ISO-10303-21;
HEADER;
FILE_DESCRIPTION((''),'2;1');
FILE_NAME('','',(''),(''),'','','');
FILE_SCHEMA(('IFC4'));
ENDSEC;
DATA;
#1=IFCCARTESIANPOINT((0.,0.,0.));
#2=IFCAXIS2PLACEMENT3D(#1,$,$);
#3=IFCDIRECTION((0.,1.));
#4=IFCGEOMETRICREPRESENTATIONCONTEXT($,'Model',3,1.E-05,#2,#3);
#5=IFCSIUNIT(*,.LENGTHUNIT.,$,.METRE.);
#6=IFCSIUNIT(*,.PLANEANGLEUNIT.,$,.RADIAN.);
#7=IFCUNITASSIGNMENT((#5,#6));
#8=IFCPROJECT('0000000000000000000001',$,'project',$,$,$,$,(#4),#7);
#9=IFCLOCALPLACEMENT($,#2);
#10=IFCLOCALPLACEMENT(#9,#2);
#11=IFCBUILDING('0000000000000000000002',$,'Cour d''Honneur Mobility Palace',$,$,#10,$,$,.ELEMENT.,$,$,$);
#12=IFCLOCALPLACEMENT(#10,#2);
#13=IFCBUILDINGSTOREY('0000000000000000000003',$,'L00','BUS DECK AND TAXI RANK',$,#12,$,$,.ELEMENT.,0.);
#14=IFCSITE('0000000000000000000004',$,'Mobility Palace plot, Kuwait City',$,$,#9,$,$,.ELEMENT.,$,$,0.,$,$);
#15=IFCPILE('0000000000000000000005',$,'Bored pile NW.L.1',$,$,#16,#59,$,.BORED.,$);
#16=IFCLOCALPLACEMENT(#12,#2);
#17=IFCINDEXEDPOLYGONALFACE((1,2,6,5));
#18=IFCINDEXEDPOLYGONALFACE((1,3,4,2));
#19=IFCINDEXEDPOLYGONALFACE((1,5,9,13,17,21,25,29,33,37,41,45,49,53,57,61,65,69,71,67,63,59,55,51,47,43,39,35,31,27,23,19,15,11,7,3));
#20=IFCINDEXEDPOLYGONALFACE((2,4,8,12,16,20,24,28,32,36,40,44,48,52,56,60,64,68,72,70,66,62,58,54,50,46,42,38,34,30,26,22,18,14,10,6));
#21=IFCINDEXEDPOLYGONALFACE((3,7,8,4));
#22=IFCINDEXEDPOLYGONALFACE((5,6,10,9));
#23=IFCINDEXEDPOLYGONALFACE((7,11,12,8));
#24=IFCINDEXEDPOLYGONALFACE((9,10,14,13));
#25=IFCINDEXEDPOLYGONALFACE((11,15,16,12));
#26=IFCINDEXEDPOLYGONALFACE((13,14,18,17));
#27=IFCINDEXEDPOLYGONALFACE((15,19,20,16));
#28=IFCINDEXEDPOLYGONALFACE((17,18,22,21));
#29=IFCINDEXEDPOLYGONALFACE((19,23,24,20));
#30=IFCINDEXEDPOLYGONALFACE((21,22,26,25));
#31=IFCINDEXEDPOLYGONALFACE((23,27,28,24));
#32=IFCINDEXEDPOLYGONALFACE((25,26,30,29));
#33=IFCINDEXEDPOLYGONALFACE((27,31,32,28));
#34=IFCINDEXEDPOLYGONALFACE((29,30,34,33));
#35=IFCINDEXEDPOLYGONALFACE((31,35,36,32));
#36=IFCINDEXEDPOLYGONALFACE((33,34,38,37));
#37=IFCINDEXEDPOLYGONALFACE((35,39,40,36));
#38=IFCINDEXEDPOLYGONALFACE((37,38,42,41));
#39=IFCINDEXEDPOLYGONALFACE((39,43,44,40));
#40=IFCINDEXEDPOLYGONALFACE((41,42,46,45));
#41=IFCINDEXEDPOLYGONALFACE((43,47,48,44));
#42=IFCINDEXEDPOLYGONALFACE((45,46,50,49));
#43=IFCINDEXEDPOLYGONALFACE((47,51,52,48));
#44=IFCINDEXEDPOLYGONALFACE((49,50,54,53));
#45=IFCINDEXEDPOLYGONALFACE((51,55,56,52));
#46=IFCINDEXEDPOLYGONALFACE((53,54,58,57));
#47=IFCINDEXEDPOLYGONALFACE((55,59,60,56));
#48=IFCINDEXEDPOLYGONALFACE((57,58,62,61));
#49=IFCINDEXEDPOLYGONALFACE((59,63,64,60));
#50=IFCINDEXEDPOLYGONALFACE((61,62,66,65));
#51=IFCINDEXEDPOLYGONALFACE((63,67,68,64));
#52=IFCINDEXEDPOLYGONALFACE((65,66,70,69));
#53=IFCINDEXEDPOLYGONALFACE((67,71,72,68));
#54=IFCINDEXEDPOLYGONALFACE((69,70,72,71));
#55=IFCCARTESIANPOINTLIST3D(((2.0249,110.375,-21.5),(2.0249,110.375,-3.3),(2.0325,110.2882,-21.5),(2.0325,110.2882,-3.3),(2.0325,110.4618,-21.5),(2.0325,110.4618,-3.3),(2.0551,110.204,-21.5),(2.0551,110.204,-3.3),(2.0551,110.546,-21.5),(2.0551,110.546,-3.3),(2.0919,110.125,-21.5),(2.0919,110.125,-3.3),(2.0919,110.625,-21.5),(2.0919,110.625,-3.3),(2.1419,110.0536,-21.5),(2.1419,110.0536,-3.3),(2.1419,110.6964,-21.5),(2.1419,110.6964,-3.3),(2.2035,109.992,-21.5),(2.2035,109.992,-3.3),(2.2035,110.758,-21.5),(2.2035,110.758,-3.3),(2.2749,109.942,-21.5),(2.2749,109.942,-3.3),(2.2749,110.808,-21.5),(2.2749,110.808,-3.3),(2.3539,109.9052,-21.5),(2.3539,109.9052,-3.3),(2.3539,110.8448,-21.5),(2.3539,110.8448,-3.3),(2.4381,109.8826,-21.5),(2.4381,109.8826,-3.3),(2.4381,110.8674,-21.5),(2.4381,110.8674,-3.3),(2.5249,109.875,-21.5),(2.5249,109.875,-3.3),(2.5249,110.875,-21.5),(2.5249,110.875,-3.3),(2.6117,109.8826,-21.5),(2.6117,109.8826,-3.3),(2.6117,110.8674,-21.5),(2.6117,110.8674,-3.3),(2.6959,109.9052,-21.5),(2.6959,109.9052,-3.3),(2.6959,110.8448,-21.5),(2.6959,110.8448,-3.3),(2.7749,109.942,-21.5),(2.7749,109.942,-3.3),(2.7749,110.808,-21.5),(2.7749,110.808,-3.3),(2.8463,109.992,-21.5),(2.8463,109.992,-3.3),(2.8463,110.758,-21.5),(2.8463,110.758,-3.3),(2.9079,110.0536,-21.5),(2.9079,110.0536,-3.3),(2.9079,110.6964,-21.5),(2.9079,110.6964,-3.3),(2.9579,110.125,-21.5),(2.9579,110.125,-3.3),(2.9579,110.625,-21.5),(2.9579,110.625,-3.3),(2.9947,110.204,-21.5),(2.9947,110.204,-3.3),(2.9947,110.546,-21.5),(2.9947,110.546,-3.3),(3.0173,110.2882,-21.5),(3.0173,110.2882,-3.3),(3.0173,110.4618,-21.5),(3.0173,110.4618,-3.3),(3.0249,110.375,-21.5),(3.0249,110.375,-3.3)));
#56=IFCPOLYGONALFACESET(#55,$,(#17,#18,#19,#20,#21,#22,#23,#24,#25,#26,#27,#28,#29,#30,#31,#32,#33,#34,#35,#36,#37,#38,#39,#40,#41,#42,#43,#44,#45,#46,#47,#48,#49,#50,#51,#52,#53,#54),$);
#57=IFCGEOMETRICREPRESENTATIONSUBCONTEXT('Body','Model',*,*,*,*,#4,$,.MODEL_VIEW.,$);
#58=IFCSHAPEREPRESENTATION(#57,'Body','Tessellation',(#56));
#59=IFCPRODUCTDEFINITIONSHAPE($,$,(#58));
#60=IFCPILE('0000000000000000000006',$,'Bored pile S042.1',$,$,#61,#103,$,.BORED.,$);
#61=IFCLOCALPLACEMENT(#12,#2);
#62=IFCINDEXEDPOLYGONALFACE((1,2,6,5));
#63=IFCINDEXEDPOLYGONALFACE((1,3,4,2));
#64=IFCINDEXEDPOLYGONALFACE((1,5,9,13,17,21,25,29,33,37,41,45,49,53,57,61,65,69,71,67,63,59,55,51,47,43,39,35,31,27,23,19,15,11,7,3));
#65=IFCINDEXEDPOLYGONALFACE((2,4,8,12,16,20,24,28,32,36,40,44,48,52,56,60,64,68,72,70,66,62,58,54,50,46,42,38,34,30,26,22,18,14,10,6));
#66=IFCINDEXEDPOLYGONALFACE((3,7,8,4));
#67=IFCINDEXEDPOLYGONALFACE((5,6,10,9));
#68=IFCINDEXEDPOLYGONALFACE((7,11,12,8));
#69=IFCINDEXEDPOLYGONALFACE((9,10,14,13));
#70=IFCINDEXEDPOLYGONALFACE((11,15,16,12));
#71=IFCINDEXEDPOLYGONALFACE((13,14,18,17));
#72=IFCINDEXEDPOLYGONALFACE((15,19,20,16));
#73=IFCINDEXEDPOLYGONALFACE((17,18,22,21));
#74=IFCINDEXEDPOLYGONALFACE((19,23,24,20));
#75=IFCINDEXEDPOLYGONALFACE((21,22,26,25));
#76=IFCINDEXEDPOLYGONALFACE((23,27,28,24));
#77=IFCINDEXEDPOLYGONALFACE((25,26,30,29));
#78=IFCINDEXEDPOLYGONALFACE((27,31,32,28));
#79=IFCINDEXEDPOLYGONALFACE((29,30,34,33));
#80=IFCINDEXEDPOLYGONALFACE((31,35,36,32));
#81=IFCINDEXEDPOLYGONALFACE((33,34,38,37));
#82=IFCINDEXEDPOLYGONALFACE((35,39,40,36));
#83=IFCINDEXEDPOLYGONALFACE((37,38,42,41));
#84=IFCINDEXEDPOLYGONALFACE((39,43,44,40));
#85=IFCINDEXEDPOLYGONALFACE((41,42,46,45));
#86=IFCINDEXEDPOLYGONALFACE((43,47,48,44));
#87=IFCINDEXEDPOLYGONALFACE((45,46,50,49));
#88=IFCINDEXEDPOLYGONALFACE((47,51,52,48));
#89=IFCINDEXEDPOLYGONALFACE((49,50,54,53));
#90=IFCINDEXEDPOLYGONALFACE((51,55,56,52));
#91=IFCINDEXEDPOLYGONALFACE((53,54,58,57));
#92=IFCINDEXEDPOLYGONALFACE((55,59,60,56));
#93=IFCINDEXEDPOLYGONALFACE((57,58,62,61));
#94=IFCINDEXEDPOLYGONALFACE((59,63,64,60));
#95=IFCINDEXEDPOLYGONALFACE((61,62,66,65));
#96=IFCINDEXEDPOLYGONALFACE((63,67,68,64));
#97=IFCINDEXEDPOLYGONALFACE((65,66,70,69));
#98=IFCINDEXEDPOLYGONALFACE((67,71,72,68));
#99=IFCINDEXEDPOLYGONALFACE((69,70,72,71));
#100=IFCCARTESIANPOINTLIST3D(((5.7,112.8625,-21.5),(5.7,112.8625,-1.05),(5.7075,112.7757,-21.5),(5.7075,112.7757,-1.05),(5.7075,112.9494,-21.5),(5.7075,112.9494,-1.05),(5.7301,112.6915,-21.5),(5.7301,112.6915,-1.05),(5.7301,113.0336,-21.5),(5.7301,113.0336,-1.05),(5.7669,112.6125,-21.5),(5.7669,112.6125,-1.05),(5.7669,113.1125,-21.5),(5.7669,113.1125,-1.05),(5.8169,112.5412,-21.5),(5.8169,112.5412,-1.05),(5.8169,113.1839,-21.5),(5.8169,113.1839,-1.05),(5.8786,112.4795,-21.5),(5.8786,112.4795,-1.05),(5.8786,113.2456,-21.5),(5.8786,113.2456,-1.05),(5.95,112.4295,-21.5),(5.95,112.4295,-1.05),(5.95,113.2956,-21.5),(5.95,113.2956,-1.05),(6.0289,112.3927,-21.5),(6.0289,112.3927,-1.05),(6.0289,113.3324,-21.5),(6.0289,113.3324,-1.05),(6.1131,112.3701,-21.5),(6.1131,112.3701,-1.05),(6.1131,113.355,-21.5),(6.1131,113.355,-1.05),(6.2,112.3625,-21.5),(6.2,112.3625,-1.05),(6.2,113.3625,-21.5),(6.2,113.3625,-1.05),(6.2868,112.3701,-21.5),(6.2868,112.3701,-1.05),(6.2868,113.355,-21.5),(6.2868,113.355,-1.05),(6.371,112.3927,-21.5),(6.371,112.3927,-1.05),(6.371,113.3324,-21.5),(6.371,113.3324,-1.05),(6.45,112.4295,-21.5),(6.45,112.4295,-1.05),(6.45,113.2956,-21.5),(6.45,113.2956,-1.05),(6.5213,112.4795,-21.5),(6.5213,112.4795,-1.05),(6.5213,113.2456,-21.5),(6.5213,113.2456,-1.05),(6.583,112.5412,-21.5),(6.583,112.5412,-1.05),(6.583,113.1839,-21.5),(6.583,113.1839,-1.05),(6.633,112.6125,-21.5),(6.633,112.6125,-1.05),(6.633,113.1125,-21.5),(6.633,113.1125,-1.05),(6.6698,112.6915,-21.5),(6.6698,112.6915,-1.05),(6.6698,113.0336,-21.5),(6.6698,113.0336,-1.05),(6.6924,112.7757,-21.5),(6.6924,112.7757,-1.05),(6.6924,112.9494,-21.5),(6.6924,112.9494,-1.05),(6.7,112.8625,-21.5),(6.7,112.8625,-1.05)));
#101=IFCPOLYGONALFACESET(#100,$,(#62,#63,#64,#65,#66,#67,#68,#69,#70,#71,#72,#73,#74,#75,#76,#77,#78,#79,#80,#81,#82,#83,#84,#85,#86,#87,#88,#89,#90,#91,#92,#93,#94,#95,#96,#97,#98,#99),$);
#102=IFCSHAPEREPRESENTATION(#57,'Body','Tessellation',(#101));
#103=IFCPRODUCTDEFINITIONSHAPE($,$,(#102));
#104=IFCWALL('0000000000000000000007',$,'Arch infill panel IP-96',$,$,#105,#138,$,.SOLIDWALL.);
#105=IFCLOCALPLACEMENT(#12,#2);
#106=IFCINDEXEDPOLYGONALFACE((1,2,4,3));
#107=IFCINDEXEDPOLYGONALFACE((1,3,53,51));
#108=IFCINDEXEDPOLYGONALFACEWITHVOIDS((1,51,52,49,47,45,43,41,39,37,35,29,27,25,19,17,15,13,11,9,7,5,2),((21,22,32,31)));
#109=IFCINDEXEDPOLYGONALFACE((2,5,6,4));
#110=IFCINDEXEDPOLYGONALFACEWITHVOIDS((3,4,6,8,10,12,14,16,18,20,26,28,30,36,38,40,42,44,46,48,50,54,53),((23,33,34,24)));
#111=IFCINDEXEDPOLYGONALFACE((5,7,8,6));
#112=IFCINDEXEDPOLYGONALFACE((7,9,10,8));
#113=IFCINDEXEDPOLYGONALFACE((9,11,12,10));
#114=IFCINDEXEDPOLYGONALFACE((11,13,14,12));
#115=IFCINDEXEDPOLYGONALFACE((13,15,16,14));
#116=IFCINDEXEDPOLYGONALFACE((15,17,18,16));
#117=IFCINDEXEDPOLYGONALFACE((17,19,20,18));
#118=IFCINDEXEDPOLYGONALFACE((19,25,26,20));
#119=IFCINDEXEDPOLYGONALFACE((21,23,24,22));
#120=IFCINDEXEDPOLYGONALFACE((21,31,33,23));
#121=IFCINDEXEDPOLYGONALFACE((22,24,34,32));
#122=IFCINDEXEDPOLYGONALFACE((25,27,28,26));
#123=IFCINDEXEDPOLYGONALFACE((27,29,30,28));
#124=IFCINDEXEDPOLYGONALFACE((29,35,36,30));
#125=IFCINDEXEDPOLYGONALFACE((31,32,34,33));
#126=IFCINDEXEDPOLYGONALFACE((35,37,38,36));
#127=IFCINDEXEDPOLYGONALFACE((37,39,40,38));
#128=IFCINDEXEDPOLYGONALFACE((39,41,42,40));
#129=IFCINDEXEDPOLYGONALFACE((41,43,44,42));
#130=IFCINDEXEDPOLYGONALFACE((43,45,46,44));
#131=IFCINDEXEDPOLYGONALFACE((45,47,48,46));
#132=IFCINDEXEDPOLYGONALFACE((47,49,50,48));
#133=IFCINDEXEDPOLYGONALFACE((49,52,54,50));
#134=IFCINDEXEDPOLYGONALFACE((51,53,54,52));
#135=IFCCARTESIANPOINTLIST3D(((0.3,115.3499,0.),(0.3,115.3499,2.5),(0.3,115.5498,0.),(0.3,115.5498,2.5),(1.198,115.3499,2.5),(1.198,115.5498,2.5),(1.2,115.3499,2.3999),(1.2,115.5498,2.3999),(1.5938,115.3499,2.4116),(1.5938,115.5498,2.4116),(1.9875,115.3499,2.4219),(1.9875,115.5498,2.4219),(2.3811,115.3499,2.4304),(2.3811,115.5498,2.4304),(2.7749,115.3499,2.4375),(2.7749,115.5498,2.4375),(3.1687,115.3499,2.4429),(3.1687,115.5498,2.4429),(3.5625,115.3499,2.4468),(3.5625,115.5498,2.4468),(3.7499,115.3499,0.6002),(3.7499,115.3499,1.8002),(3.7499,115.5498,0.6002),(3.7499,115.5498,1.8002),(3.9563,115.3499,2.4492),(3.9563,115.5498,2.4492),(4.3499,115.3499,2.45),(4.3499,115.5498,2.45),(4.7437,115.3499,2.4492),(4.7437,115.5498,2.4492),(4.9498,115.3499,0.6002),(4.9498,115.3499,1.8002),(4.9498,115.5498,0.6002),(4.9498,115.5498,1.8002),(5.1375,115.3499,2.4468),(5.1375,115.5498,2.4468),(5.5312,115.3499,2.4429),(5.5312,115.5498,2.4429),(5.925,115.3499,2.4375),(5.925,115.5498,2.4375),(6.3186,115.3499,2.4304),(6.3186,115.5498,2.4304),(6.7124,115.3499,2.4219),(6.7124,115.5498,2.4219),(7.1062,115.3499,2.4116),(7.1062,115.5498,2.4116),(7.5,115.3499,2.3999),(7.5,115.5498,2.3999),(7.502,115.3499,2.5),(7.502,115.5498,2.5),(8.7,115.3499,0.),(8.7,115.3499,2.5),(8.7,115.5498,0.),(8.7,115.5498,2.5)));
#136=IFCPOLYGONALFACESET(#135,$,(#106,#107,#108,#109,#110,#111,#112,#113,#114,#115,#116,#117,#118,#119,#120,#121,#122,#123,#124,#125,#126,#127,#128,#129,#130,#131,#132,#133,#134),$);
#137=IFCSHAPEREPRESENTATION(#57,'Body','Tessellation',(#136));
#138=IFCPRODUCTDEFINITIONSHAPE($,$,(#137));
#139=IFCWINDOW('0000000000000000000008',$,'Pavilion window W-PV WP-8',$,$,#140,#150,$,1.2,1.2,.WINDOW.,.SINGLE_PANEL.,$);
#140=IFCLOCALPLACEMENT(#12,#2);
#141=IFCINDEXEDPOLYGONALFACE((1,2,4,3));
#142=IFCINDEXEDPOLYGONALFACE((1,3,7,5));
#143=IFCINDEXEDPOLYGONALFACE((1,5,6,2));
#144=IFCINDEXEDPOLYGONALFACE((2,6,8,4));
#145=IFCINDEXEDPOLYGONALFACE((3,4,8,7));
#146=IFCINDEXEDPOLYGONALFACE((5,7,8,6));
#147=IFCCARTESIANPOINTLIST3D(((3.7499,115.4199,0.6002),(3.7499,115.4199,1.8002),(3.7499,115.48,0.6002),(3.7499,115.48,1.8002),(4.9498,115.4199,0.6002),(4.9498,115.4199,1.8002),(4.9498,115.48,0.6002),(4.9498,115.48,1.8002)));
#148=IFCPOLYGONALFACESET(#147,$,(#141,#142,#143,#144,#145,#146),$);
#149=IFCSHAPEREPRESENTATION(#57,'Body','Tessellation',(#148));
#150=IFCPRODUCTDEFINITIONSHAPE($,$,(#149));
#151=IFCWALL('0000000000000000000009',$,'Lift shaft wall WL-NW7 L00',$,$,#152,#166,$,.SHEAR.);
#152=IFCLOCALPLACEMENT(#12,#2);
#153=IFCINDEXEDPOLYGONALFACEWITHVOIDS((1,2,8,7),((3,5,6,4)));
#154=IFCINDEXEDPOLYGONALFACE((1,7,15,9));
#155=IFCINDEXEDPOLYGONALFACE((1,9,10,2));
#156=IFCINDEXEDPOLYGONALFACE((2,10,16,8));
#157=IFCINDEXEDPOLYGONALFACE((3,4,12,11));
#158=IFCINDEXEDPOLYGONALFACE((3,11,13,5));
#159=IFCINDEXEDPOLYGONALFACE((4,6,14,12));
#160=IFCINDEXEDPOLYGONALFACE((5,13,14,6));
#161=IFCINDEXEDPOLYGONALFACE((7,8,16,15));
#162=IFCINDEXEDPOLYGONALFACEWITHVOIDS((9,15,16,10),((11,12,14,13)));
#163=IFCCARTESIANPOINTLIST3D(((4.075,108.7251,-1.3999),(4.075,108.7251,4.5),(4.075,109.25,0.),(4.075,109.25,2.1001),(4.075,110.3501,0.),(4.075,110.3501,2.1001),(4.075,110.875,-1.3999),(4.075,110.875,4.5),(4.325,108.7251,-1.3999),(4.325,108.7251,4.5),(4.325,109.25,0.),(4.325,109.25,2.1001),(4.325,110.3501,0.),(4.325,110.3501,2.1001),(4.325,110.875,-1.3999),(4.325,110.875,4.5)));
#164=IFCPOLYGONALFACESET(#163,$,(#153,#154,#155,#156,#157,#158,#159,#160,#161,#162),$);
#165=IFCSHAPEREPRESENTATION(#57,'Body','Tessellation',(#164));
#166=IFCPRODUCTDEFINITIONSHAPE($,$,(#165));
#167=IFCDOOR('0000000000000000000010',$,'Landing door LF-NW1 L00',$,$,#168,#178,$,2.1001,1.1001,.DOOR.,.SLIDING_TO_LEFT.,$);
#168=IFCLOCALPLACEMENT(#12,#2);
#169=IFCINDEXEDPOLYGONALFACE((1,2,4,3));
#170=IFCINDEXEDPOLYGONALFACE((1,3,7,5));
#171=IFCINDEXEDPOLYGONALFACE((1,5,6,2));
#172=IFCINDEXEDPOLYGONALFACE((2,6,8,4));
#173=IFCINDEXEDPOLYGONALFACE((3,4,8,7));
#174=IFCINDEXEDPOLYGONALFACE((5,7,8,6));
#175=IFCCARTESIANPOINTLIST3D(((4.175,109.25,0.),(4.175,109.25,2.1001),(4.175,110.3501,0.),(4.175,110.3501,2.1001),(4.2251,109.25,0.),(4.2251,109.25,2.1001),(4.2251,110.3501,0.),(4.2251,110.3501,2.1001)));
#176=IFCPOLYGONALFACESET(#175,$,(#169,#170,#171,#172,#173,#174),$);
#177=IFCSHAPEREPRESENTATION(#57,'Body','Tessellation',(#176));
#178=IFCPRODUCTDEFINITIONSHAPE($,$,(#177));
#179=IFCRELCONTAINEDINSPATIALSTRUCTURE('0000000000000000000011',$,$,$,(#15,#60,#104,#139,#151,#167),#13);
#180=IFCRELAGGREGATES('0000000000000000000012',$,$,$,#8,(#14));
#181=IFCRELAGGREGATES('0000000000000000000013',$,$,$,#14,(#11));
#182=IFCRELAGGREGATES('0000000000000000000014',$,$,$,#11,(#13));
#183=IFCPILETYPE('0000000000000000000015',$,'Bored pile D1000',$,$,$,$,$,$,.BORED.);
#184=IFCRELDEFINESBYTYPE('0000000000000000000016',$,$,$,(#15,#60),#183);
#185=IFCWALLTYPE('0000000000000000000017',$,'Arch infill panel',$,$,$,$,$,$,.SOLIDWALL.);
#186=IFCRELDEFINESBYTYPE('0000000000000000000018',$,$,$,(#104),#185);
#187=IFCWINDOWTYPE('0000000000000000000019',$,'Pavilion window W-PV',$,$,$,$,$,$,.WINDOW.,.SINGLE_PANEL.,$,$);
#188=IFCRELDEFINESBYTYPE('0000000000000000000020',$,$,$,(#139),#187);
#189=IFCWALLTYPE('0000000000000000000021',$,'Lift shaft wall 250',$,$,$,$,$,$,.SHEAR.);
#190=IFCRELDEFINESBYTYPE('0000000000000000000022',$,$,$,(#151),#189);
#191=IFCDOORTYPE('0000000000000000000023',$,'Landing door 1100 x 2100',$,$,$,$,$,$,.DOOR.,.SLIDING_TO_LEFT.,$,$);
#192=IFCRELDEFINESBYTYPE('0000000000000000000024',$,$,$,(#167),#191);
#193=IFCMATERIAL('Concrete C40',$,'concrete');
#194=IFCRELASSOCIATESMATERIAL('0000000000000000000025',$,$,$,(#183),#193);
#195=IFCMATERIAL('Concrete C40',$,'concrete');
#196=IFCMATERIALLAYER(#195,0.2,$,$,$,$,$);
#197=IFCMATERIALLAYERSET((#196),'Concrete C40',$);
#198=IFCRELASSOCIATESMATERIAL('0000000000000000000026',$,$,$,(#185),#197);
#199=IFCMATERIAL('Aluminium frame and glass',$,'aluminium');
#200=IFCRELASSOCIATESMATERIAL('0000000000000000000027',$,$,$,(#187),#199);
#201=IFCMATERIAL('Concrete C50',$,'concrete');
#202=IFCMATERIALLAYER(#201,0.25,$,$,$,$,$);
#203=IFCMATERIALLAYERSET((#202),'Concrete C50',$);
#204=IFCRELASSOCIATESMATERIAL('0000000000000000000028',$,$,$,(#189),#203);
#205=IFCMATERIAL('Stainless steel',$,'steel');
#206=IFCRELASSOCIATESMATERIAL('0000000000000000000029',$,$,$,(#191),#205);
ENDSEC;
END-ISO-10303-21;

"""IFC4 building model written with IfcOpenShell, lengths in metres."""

from ifc_helpers import new_model, si_unit, direction, frame, frame_2d, origin, origin_2d, place, context, subcontext, project, spatial, polyline, rectangle, circle, outline, extrude, material, layer, layer_set, material_profile, profile_set, type_object, element, fill, save


model = new_model("IFC4")

# Units and contexts
model_context = context("Model", 3, precision=1e-05, world=origin(), true_north=direction((0.0, 1.0)))
body_context = subcontext(model_context, "Body", "Model", "MODEL_VIEW")
ifc_project = project(units=[si_unit("LENGTHUNIT", "METRE"), si_unit("PLANEANGLEUNIT", "RADIAN")], contexts=[model_context])

# Site, building, storey
site_placement = place(None, origin())
site = spatial("IfcSite", under=ifc_project, at=site_placement, Name="Mobility Palace plot, Kuwait City", CompositionType="ELEMENT", RefElevation=0.0)
building_placement = place(site_placement, origin())
building = spatial("IfcBuilding", under=site, at=building_placement, Name="Cour d'Honneur Mobility Palace", CompositionType="ELEMENT")
storey_placement = place(building_placement, origin())
storey = spatial("IfcBuildingStorey", under=building, at=storey_placement, Name="L00", Description="BUS DECK AND TAXI RANK", CompositionType="ELEMENT", Elevation=0.0)

# Piles
ifc_material_1 = material(Name="Concrete C40", Category="concrete")
ifc_material_profile = material_profile(ifc_material_1, circle(Radius=0.5, at=origin_2d()), Name="Bored pile D1000")
ifc_profile_set = profile_set([ifc_material_profile], Name="Concrete C40")
pile_type = type_object("IfcPileType", Name="Bored pile D1000", PredefinedType="BORED", material=ifc_profile_set)
pile_1_placement = place(storey_placement, frame((2.5249, 110.375, -3.3), z_axis=(0.0, 0.0, -1.0), x_axis=(1.0, 0.0, 0.0)))
element("IfcPile", 1, at=pile_1_placement, inside=storey, type_object=pile_type, Name="Bored pile NW.L.1", PredefinedType="BORED", context=body_context, shape_type="SweptSolid", body=[
    extrude(circle(Radius=0.5, at=origin_2d()), origin(), (0.0, 0.0, 1.0), 18.2),
])
pile_2_placement = place(storey_placement, frame((6.2, 112.8625, -1.05), z_axis=(0.0, 0.0, -1.0), x_axis=(1.0, 0.0, 0.0)))
element("IfcPile", 2, at=pile_2_placement, inside=storey, type_object=pile_type, Name="Bored pile S042.1", PredefinedType="BORED", context=body_context, shape_type="SweptSolid", body=[
    extrude(circle(Radius=0.5, at=origin_2d()), origin(), (0.0, 0.0, 1.0), 20.45),
])

# Wall, opening, window
ifc_material_2 = material(Name="Concrete C40", Category="concrete")
ifc_layer_1 = layer(ifc_material_2, 0.2)
ifc_layer_set_1 = layer_set([ifc_layer_1], Name="Concrete C40")
wall_type_1 = type_object("IfcWallType", Name="Arch infill panel", PredefinedType="SOLIDWALL", material=ifc_layer_set_1)
wall_1_placement = place(storey_placement, frame((8.7, 115.45, 0.0), z_axis=(0.0, 0.0, 1.0), x_axis=(-1.0, 0.0, 0.0)))
wall_1 = element("IfcWall", 3, at=wall_1_placement, inside=storey, type_object=wall_type_1, Name="Arch infill panel IP-96", PredefinedType="SOLIDWALL", context=body_context, shape_type="SweptSolid", body=[
    extrude(outline(polyline([(0.0, 0.0), (8.3999, 0.0), (8.3999, 2.5), (7.502, 2.5), (7.5, 2.3999), (7.1062, 2.4116), (6.7124, 2.4219), (6.3188, 2.4304), (5.925, 2.4375), (5.5312, 2.4429), (5.1375, 2.4468), (4.7437, 2.4492), (4.3501, 2.45), (3.9563, 2.4492), (3.5625, 2.4468), (3.1687, 2.4429), (2.7749, 2.4375), (2.3813, 2.4304), (1.9875, 2.4219), (1.5938, 2.4116), (1.2, 2.3999), (1.198, 2.5), (0.0, 2.5), (0.0, 0.0)])), frame((0.0, 0.1001, 0.0), z_axis=(0.0, -1.0, 0.0), x_axis=(1.0, 0.0, 0.0)), (0.0, 0.0, 1.0), 0.2),
])
opening_1_placement = place(wall_1_placement, frame((3.75, 0.0, 0.6001)))
opening_1 = element("IfcOpeningElement", 4, at=opening_1_placement, cuts=wall_1, PredefinedType="OPENING", context=body_context, shape_type="SweptSolid", body=[
    extrude(rectangle(XDim=1.2, YDim=1.2, at=frame_2d((0.6001, 0.6001))), frame((0.0, 0.1099, 0.0), z_axis=(0.0, -1.0, 0.0), x_axis=(1.0, 0.0, 0.0)), (0.0, 0.0, 1.0), 0.22),
])
ifc_material_3 = material(Name="Aluminium frame and glass", Category="aluminium")
window_type = type_object("IfcWindowType", Name="Pavilion window W-PV", PartitioningType="SINGLE_PANEL", PredefinedType="WINDOW", material=ifc_material_3)
window_placement = place(opening_1_placement, origin())
window = element("IfcWindow", 5, at=window_placement, inside=storey, type_object=window_type, Name="Pavilion window W-PV WP-8", OverallHeight=1.2, OverallWidth=1.2, PartitioningType="SINGLE_PANEL", PredefinedType="WINDOW", context=body_context, shape_type="SweptSolid", body=[
    extrude(rectangle(XDim=1.2, YDim=1.2, at=frame_2d((0.6001, 0.6001))), frame((0.0, 0.03, 0.0), z_axis=(0.0, -1.0, 0.0), x_axis=(1.0, 0.0, 0.0)), (0.0, 0.0, 1.0), 0.0601),
])
fill(opening_1, window)

# Wall, opening, door
ifc_material_4 = material(Name="Concrete C50", Category="concrete")
ifc_layer_2 = layer(ifc_material_4, 0.25)
ifc_layer_set_2 = layer_set([ifc_layer_2], Name="Concrete C50")
wall_type_2 = type_object("IfcWallType", Name="Lift shaft wall 250", PredefinedType="SHEAR", material=ifc_layer_set_2)
wall_2_placement = place(storey_placement, frame((4.2, 108.7251, -1.3999), z_axis=(0.0, 0.0, 1.0), x_axis=(0.0, 1.0, 0.0)))
wall_2 = element("IfcWall", 6, at=wall_2_placement, inside=storey, type_object=wall_type_2, Name="Lift shaft wall WL-NW7 L00", PredefinedType="SHEAR", context=body_context, shape_type="SweptSolid", body=[
    extrude(rectangle(XDim=2.1499, YDim=0.25, at=frame_2d((1.075, 0.0))), origin(), (0.0, 0.0, 1.0), 5.8999),
])
opening_2_placement = place(wall_2_placement, frame((0.5249, 0.0, 1.3999)))
opening_2 = element("IfcOpeningElement", 7, at=opening_2_placement, cuts=wall_2, PredefinedType="OPENING", context=body_context, shape_type="SweptSolid", body=[
    extrude(rectangle(XDim=1.1001, YDim=2.1001, at=frame_2d((0.55, 1.05))), frame((0.0, 0.135, 0.0), z_axis=(0.0, -1.0, 0.0), x_axis=(1.0, 0.0, 0.0)), (0.0, 0.0, 1.0), 0.27),
])
ifc_material_5 = material(Name="Stainless steel", Category="steel")
door_type_1 = type_object("IfcDoorType", Name="Landing door 1100 x 2100", OperationType="SLIDING_TO_LEFT", PredefinedType="DOOR", material=ifc_material_5)
door_1_placement = place(opening_2_placement, origin())
door_1 = element("IfcDoor", 8, at=door_1_placement, inside=storey, type_object=door_type_1, Name="Landing door LF-NW1 L00", OperationType="SLIDING_TO_LEFT", OverallHeight=2.1001, OverallWidth=1.1001, PredefinedType="DOOR", context=body_context, shape_type="SweptSolid", body=[
    extrude(rectangle(XDim=1.1001, YDim=2.1001, at=frame_2d((0.55, 1.05))), frame((0.0, 0.0249, 0.0), z_axis=(0.0, -1.0, 0.0), x_axis=(1.0, 0.0, 0.0)), (0.0, 0.0, 1.0), 0.05),
])
fill(opening_2, door_1)

save(model, "model.ifc")
